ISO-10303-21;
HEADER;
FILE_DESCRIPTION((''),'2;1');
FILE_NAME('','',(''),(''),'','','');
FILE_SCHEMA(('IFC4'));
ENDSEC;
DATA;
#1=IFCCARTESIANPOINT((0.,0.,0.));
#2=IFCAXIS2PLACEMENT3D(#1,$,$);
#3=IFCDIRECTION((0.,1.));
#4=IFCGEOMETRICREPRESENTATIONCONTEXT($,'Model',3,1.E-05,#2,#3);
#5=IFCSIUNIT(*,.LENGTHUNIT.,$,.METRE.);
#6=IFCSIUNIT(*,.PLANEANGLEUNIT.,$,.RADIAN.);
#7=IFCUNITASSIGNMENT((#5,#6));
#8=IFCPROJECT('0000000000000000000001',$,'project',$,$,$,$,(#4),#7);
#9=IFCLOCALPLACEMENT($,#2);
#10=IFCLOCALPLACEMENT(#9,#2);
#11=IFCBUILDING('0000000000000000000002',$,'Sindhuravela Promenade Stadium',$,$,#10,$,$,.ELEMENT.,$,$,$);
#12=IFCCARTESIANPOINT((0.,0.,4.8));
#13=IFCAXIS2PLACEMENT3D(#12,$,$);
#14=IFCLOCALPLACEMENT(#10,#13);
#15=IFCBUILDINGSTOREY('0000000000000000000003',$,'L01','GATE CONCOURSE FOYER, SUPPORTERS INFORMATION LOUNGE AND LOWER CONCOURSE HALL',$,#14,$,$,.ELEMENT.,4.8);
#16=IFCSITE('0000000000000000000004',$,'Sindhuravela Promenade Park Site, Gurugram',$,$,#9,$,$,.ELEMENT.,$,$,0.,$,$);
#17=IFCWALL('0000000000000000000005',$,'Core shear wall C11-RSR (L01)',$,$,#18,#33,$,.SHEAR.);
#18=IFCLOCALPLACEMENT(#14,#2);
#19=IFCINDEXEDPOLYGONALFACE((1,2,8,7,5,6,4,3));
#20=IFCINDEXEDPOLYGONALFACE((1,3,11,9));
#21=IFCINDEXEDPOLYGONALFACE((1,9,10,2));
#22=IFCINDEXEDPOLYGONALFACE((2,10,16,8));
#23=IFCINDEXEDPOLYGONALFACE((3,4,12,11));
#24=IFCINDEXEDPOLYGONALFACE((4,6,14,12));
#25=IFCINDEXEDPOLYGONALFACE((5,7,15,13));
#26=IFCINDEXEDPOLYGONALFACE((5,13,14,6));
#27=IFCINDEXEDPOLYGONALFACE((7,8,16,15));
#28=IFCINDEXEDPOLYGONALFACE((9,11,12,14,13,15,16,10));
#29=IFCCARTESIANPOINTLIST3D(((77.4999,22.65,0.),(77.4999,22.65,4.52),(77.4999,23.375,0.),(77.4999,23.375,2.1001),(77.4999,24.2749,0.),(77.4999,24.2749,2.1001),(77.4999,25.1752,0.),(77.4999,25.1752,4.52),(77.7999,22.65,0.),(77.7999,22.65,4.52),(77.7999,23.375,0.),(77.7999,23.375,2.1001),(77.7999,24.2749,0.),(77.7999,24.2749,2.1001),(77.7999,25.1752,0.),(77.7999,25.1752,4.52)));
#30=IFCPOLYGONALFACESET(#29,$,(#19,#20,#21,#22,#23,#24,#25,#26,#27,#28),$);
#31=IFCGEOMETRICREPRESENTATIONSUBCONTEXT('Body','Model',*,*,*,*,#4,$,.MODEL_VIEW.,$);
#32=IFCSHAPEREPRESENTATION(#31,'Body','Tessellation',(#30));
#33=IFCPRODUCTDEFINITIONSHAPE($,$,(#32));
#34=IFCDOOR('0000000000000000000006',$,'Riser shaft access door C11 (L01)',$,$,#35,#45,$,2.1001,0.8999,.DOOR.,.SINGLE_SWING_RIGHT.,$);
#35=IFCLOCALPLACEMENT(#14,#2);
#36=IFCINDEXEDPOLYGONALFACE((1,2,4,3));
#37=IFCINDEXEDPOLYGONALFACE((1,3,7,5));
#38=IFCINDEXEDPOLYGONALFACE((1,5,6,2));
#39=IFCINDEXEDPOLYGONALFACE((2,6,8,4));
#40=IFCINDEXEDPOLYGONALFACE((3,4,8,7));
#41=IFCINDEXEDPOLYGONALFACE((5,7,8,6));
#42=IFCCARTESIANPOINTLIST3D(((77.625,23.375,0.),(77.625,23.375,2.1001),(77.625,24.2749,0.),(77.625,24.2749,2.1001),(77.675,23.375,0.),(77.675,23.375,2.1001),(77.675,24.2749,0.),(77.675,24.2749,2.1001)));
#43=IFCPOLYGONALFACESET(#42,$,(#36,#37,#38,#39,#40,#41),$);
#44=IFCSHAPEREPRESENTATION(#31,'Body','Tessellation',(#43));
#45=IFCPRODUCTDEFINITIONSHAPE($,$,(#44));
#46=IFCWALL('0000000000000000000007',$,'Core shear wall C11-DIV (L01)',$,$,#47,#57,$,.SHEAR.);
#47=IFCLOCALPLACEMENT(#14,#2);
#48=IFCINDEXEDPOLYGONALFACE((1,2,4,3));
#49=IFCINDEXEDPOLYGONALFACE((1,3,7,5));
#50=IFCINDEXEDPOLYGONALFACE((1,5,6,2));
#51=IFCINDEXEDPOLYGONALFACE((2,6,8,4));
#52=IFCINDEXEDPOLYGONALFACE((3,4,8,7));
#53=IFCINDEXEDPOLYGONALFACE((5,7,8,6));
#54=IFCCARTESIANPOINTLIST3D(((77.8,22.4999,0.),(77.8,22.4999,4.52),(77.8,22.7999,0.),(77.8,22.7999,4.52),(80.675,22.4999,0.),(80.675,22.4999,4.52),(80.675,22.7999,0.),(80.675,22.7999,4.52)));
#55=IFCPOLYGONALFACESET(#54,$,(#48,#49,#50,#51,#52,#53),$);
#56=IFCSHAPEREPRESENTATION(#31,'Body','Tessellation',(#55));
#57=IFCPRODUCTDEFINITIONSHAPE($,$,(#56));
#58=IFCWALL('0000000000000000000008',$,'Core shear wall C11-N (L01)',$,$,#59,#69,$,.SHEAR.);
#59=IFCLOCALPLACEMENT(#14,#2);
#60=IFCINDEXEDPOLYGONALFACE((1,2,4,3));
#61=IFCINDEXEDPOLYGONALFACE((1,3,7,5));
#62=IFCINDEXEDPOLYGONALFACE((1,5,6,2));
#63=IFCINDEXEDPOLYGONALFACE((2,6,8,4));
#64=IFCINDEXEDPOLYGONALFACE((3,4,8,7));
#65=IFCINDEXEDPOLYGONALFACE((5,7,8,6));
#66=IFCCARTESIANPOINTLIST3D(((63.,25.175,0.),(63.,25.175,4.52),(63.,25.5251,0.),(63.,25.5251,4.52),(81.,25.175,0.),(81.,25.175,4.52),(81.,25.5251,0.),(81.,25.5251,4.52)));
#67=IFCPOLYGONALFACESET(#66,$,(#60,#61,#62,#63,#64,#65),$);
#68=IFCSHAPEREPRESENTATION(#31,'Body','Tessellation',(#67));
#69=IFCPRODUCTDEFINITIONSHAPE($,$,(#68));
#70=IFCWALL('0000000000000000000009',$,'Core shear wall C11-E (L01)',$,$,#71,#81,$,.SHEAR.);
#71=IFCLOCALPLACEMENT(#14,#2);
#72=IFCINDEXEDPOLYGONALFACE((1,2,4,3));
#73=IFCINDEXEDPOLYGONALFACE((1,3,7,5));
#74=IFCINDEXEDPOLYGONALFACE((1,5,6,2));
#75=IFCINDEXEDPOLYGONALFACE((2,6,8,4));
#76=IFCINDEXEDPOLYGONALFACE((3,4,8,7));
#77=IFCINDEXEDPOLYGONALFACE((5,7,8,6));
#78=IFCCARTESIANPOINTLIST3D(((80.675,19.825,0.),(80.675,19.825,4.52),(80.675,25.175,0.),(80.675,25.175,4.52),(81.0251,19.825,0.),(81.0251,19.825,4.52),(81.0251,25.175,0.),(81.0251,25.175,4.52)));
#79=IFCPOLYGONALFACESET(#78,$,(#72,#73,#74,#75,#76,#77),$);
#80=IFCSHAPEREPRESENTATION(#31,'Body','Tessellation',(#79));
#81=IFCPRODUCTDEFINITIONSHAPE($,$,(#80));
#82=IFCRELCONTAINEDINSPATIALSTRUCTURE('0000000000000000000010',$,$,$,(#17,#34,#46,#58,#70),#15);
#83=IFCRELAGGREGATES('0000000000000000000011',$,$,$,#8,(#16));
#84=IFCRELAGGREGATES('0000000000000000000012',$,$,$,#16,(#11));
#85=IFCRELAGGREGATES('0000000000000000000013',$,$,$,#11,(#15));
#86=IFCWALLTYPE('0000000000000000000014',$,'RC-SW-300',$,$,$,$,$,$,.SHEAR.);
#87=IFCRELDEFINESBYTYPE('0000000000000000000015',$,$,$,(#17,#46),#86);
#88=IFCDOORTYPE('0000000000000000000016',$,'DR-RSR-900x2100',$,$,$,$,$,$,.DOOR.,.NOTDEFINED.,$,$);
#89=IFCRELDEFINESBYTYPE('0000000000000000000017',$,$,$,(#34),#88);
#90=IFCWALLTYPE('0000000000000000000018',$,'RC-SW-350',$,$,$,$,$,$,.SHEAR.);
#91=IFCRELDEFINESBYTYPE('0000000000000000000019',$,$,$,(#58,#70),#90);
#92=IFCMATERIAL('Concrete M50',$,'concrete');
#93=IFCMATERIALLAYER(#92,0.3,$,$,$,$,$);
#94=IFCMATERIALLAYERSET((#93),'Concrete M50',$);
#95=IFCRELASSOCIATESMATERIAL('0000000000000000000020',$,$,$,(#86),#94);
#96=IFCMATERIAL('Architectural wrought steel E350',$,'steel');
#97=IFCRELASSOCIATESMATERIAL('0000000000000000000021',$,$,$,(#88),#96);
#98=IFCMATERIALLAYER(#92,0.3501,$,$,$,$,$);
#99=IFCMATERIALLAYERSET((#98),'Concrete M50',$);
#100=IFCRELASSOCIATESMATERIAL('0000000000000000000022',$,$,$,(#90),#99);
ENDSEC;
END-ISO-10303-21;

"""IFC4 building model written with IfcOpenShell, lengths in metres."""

from ifc_helpers import new_model, si_unit, direction, frame, frame_2d, origin, place, context, subcontext, project, spatial, rectangle, extrude, material, layer, layer_set, type_object, element, fill, save


model = new_model("IFC4")

# Units and contexts
model_context = context("Model", 3, precision=1e-05, world=origin(), true_north=direction((0.0, 1.0)))
body_context = subcontext(model_context, "Body", "Model", "MODEL_VIEW")
ifc_project = project(units=[si_unit("LENGTHUNIT", "METRE"), si_unit("PLANEANGLEUNIT", "RADIAN")], contexts=[model_context])

# Site, building, storey
site_placement = place(None, origin())
site = spatial("IfcSite", under=ifc_project, at=site_placement, Name="Sindhuravela Promenade Park Site, Gurugram", CompositionType="ELEMENT", RefElevation=0.0)
building_placement = place(site_placement, origin())
building = spatial("IfcBuilding", under=site, at=building_placement, Name="Sindhuravela Promenade Stadium", CompositionType="ELEMENT")
storey_placement = place(building_placement, frame((0.0, 0.0, 4.8)))
storey = spatial("IfcBuildingStorey", under=building, at=storey_placement, Name="L01", Description="GATE CONCOURSE FOYER, SUPPORTERS INFORMATION LOUNGE AND LOWER CONCOURSE HALL", CompositionType="ELEMENT", Elevation=4.8)

# Wall, opening, door
ifc_material_1 = material(Name="Concrete M50", Category="concrete")
ifc_layer_1 = layer(ifc_material_1, 0.3)
ifc_layer_set_1 = layer_set([ifc_layer_1], Name="Concrete M50")
wall_type_1 = type_object("IfcWallType", Name="RC-SW-300", PredefinedType="SHEAR", material=ifc_layer_set_1)
ifc_material_2 = material(Name="Architectural wrought steel E350", Category="steel")
wall_1_placement = place(storey_placement, frame((77.6499, 22.6499, 0.0), z_axis=(0.0, 0.0, 1.0), x_axis=(0.0, 1.0, 0.0)))
wall_1 = element("IfcWall", 1, at=wall_1_placement, inside=storey, type_object=wall_type_1, Name="Core shear wall C11-RSR (L01)", PredefinedType="SHEAR", context=body_context, shape_type="SweptSolid", body=[
    extrude(rectangle(XDim=2.5251, YDim=0.3, at=frame_2d((1.2627, 0.0))), origin(), (0.0, 0.0, 1.0), 4.52),
])
opening_1_placement = place(wall_1_placement, frame((0.7251, 0.0, 0.0)))
opening_1 = element("IfcOpeningElement", 2, at=opening_1_placement, cuts=wall_1, PredefinedType="OPENING", context=body_context, shape_type="SweptSolid", body=[
    extrude(rectangle(XDim=0.8999, YDim=2.1001, at=frame_2d((0.45, 1.05))), frame((0.0, 0.1599, 0.0), z_axis=(0.0, -1.0, 0.0), x_axis=(1.0, 0.0, 0.0)), (0.0, 0.0, 1.0), 0.3201),
])
door_type_1 = type_object("IfcDoorType", Name="DR-RSR-900x2100", OperationType="NOTDEFINED", PredefinedType="DOOR", material=ifc_material_2)
door_1_placement = place(opening_1_placement, origin())
door_1 = element("IfcDoor", 3, at=door_1_placement, inside=storey, type_object=door_type_1, Name="Riser shaft access door C11 (L01)", OperationType="SINGLE_SWING_RIGHT", OverallHeight=2.1001, OverallWidth=0.8999, PredefinedType="DOOR", context=body_context, shape_type="SweptSolid", body=[
    extrude(rectangle(XDim=0.8999, YDim=2.1001, at=frame_2d((0.45, 1.05))), frame((0.0, 0.0249, 0.0), z_axis=(0.0, -1.0, 0.0), x_axis=(1.0, 0.0, 0.0)), (0.0, 0.0, 1.0), 0.05),
])
fill(opening_1, door_1)

# Walls
wall_2_placement = place(storey_placement, frame((77.8, 22.6499, 0.0), z_axis=(0.0, 0.0, 1.0), x_axis=(1.0, 0.0, 0.0)))
element("IfcWall", 4, at=wall_2_placement, inside=storey, type_object=wall_type_1, Name="Core shear wall C11-DIV (L01)", PredefinedType="SHEAR", context=body_context, shape_type="SweptSolid", body=[
    extrude(rectangle(XDim=2.875, YDim=0.3, at=frame_2d((1.4375, 0.0))), origin(), (0.0, 0.0, 1.0), 4.52),
])
ifc_layer_2 = layer(ifc_material_1, 0.3501)
ifc_layer_set_2 = layer_set([ifc_layer_2], Name="Concrete M50")
wall_type_2 = type_object("IfcWallType", Name="RC-SW-350", PredefinedType="SHEAR", material=ifc_layer_set_2)
wall_3_placement = place(storey_placement, frame((81.0, 25.3501, 0.0), z_axis=(0.0, 0.0, 1.0), x_axis=(-1.0, 0.0, 0.0)))
element("IfcWall", 5, at=wall_3_placement, inside=storey, type_object=wall_type_2, Name="Core shear wall C11-N (L01)", PredefinedType="SHEAR", context=body_context, shape_type="SweptSolid", body=[
    extrude(rectangle(XDim=18.0, YDim=0.3501, at=frame_2d((9.0, 0.0))), origin(), (0.0, 0.0, 1.0), 4.52),
])
wall_4_placement = place(storey_placement, frame((80.8501, 19.825, 0.0), z_axis=(0.0, 0.0, 1.0), x_axis=(0.0, 1.0, 0.0)))
element("IfcWall", 6, at=wall_4_placement, inside=storey, type_object=wall_type_2, Name="Core shear wall C11-E (L01)", PredefinedType="SHEAR", context=body_context, shape_type="SweptSolid", body=[
    extrude(rectangle(XDim=5.3501, YDim=0.3501, at=frame_2d((2.675, 0.0))), origin(), (0.0, 0.0, 1.0), 4.52),
])

save(model, "model.ifc")
